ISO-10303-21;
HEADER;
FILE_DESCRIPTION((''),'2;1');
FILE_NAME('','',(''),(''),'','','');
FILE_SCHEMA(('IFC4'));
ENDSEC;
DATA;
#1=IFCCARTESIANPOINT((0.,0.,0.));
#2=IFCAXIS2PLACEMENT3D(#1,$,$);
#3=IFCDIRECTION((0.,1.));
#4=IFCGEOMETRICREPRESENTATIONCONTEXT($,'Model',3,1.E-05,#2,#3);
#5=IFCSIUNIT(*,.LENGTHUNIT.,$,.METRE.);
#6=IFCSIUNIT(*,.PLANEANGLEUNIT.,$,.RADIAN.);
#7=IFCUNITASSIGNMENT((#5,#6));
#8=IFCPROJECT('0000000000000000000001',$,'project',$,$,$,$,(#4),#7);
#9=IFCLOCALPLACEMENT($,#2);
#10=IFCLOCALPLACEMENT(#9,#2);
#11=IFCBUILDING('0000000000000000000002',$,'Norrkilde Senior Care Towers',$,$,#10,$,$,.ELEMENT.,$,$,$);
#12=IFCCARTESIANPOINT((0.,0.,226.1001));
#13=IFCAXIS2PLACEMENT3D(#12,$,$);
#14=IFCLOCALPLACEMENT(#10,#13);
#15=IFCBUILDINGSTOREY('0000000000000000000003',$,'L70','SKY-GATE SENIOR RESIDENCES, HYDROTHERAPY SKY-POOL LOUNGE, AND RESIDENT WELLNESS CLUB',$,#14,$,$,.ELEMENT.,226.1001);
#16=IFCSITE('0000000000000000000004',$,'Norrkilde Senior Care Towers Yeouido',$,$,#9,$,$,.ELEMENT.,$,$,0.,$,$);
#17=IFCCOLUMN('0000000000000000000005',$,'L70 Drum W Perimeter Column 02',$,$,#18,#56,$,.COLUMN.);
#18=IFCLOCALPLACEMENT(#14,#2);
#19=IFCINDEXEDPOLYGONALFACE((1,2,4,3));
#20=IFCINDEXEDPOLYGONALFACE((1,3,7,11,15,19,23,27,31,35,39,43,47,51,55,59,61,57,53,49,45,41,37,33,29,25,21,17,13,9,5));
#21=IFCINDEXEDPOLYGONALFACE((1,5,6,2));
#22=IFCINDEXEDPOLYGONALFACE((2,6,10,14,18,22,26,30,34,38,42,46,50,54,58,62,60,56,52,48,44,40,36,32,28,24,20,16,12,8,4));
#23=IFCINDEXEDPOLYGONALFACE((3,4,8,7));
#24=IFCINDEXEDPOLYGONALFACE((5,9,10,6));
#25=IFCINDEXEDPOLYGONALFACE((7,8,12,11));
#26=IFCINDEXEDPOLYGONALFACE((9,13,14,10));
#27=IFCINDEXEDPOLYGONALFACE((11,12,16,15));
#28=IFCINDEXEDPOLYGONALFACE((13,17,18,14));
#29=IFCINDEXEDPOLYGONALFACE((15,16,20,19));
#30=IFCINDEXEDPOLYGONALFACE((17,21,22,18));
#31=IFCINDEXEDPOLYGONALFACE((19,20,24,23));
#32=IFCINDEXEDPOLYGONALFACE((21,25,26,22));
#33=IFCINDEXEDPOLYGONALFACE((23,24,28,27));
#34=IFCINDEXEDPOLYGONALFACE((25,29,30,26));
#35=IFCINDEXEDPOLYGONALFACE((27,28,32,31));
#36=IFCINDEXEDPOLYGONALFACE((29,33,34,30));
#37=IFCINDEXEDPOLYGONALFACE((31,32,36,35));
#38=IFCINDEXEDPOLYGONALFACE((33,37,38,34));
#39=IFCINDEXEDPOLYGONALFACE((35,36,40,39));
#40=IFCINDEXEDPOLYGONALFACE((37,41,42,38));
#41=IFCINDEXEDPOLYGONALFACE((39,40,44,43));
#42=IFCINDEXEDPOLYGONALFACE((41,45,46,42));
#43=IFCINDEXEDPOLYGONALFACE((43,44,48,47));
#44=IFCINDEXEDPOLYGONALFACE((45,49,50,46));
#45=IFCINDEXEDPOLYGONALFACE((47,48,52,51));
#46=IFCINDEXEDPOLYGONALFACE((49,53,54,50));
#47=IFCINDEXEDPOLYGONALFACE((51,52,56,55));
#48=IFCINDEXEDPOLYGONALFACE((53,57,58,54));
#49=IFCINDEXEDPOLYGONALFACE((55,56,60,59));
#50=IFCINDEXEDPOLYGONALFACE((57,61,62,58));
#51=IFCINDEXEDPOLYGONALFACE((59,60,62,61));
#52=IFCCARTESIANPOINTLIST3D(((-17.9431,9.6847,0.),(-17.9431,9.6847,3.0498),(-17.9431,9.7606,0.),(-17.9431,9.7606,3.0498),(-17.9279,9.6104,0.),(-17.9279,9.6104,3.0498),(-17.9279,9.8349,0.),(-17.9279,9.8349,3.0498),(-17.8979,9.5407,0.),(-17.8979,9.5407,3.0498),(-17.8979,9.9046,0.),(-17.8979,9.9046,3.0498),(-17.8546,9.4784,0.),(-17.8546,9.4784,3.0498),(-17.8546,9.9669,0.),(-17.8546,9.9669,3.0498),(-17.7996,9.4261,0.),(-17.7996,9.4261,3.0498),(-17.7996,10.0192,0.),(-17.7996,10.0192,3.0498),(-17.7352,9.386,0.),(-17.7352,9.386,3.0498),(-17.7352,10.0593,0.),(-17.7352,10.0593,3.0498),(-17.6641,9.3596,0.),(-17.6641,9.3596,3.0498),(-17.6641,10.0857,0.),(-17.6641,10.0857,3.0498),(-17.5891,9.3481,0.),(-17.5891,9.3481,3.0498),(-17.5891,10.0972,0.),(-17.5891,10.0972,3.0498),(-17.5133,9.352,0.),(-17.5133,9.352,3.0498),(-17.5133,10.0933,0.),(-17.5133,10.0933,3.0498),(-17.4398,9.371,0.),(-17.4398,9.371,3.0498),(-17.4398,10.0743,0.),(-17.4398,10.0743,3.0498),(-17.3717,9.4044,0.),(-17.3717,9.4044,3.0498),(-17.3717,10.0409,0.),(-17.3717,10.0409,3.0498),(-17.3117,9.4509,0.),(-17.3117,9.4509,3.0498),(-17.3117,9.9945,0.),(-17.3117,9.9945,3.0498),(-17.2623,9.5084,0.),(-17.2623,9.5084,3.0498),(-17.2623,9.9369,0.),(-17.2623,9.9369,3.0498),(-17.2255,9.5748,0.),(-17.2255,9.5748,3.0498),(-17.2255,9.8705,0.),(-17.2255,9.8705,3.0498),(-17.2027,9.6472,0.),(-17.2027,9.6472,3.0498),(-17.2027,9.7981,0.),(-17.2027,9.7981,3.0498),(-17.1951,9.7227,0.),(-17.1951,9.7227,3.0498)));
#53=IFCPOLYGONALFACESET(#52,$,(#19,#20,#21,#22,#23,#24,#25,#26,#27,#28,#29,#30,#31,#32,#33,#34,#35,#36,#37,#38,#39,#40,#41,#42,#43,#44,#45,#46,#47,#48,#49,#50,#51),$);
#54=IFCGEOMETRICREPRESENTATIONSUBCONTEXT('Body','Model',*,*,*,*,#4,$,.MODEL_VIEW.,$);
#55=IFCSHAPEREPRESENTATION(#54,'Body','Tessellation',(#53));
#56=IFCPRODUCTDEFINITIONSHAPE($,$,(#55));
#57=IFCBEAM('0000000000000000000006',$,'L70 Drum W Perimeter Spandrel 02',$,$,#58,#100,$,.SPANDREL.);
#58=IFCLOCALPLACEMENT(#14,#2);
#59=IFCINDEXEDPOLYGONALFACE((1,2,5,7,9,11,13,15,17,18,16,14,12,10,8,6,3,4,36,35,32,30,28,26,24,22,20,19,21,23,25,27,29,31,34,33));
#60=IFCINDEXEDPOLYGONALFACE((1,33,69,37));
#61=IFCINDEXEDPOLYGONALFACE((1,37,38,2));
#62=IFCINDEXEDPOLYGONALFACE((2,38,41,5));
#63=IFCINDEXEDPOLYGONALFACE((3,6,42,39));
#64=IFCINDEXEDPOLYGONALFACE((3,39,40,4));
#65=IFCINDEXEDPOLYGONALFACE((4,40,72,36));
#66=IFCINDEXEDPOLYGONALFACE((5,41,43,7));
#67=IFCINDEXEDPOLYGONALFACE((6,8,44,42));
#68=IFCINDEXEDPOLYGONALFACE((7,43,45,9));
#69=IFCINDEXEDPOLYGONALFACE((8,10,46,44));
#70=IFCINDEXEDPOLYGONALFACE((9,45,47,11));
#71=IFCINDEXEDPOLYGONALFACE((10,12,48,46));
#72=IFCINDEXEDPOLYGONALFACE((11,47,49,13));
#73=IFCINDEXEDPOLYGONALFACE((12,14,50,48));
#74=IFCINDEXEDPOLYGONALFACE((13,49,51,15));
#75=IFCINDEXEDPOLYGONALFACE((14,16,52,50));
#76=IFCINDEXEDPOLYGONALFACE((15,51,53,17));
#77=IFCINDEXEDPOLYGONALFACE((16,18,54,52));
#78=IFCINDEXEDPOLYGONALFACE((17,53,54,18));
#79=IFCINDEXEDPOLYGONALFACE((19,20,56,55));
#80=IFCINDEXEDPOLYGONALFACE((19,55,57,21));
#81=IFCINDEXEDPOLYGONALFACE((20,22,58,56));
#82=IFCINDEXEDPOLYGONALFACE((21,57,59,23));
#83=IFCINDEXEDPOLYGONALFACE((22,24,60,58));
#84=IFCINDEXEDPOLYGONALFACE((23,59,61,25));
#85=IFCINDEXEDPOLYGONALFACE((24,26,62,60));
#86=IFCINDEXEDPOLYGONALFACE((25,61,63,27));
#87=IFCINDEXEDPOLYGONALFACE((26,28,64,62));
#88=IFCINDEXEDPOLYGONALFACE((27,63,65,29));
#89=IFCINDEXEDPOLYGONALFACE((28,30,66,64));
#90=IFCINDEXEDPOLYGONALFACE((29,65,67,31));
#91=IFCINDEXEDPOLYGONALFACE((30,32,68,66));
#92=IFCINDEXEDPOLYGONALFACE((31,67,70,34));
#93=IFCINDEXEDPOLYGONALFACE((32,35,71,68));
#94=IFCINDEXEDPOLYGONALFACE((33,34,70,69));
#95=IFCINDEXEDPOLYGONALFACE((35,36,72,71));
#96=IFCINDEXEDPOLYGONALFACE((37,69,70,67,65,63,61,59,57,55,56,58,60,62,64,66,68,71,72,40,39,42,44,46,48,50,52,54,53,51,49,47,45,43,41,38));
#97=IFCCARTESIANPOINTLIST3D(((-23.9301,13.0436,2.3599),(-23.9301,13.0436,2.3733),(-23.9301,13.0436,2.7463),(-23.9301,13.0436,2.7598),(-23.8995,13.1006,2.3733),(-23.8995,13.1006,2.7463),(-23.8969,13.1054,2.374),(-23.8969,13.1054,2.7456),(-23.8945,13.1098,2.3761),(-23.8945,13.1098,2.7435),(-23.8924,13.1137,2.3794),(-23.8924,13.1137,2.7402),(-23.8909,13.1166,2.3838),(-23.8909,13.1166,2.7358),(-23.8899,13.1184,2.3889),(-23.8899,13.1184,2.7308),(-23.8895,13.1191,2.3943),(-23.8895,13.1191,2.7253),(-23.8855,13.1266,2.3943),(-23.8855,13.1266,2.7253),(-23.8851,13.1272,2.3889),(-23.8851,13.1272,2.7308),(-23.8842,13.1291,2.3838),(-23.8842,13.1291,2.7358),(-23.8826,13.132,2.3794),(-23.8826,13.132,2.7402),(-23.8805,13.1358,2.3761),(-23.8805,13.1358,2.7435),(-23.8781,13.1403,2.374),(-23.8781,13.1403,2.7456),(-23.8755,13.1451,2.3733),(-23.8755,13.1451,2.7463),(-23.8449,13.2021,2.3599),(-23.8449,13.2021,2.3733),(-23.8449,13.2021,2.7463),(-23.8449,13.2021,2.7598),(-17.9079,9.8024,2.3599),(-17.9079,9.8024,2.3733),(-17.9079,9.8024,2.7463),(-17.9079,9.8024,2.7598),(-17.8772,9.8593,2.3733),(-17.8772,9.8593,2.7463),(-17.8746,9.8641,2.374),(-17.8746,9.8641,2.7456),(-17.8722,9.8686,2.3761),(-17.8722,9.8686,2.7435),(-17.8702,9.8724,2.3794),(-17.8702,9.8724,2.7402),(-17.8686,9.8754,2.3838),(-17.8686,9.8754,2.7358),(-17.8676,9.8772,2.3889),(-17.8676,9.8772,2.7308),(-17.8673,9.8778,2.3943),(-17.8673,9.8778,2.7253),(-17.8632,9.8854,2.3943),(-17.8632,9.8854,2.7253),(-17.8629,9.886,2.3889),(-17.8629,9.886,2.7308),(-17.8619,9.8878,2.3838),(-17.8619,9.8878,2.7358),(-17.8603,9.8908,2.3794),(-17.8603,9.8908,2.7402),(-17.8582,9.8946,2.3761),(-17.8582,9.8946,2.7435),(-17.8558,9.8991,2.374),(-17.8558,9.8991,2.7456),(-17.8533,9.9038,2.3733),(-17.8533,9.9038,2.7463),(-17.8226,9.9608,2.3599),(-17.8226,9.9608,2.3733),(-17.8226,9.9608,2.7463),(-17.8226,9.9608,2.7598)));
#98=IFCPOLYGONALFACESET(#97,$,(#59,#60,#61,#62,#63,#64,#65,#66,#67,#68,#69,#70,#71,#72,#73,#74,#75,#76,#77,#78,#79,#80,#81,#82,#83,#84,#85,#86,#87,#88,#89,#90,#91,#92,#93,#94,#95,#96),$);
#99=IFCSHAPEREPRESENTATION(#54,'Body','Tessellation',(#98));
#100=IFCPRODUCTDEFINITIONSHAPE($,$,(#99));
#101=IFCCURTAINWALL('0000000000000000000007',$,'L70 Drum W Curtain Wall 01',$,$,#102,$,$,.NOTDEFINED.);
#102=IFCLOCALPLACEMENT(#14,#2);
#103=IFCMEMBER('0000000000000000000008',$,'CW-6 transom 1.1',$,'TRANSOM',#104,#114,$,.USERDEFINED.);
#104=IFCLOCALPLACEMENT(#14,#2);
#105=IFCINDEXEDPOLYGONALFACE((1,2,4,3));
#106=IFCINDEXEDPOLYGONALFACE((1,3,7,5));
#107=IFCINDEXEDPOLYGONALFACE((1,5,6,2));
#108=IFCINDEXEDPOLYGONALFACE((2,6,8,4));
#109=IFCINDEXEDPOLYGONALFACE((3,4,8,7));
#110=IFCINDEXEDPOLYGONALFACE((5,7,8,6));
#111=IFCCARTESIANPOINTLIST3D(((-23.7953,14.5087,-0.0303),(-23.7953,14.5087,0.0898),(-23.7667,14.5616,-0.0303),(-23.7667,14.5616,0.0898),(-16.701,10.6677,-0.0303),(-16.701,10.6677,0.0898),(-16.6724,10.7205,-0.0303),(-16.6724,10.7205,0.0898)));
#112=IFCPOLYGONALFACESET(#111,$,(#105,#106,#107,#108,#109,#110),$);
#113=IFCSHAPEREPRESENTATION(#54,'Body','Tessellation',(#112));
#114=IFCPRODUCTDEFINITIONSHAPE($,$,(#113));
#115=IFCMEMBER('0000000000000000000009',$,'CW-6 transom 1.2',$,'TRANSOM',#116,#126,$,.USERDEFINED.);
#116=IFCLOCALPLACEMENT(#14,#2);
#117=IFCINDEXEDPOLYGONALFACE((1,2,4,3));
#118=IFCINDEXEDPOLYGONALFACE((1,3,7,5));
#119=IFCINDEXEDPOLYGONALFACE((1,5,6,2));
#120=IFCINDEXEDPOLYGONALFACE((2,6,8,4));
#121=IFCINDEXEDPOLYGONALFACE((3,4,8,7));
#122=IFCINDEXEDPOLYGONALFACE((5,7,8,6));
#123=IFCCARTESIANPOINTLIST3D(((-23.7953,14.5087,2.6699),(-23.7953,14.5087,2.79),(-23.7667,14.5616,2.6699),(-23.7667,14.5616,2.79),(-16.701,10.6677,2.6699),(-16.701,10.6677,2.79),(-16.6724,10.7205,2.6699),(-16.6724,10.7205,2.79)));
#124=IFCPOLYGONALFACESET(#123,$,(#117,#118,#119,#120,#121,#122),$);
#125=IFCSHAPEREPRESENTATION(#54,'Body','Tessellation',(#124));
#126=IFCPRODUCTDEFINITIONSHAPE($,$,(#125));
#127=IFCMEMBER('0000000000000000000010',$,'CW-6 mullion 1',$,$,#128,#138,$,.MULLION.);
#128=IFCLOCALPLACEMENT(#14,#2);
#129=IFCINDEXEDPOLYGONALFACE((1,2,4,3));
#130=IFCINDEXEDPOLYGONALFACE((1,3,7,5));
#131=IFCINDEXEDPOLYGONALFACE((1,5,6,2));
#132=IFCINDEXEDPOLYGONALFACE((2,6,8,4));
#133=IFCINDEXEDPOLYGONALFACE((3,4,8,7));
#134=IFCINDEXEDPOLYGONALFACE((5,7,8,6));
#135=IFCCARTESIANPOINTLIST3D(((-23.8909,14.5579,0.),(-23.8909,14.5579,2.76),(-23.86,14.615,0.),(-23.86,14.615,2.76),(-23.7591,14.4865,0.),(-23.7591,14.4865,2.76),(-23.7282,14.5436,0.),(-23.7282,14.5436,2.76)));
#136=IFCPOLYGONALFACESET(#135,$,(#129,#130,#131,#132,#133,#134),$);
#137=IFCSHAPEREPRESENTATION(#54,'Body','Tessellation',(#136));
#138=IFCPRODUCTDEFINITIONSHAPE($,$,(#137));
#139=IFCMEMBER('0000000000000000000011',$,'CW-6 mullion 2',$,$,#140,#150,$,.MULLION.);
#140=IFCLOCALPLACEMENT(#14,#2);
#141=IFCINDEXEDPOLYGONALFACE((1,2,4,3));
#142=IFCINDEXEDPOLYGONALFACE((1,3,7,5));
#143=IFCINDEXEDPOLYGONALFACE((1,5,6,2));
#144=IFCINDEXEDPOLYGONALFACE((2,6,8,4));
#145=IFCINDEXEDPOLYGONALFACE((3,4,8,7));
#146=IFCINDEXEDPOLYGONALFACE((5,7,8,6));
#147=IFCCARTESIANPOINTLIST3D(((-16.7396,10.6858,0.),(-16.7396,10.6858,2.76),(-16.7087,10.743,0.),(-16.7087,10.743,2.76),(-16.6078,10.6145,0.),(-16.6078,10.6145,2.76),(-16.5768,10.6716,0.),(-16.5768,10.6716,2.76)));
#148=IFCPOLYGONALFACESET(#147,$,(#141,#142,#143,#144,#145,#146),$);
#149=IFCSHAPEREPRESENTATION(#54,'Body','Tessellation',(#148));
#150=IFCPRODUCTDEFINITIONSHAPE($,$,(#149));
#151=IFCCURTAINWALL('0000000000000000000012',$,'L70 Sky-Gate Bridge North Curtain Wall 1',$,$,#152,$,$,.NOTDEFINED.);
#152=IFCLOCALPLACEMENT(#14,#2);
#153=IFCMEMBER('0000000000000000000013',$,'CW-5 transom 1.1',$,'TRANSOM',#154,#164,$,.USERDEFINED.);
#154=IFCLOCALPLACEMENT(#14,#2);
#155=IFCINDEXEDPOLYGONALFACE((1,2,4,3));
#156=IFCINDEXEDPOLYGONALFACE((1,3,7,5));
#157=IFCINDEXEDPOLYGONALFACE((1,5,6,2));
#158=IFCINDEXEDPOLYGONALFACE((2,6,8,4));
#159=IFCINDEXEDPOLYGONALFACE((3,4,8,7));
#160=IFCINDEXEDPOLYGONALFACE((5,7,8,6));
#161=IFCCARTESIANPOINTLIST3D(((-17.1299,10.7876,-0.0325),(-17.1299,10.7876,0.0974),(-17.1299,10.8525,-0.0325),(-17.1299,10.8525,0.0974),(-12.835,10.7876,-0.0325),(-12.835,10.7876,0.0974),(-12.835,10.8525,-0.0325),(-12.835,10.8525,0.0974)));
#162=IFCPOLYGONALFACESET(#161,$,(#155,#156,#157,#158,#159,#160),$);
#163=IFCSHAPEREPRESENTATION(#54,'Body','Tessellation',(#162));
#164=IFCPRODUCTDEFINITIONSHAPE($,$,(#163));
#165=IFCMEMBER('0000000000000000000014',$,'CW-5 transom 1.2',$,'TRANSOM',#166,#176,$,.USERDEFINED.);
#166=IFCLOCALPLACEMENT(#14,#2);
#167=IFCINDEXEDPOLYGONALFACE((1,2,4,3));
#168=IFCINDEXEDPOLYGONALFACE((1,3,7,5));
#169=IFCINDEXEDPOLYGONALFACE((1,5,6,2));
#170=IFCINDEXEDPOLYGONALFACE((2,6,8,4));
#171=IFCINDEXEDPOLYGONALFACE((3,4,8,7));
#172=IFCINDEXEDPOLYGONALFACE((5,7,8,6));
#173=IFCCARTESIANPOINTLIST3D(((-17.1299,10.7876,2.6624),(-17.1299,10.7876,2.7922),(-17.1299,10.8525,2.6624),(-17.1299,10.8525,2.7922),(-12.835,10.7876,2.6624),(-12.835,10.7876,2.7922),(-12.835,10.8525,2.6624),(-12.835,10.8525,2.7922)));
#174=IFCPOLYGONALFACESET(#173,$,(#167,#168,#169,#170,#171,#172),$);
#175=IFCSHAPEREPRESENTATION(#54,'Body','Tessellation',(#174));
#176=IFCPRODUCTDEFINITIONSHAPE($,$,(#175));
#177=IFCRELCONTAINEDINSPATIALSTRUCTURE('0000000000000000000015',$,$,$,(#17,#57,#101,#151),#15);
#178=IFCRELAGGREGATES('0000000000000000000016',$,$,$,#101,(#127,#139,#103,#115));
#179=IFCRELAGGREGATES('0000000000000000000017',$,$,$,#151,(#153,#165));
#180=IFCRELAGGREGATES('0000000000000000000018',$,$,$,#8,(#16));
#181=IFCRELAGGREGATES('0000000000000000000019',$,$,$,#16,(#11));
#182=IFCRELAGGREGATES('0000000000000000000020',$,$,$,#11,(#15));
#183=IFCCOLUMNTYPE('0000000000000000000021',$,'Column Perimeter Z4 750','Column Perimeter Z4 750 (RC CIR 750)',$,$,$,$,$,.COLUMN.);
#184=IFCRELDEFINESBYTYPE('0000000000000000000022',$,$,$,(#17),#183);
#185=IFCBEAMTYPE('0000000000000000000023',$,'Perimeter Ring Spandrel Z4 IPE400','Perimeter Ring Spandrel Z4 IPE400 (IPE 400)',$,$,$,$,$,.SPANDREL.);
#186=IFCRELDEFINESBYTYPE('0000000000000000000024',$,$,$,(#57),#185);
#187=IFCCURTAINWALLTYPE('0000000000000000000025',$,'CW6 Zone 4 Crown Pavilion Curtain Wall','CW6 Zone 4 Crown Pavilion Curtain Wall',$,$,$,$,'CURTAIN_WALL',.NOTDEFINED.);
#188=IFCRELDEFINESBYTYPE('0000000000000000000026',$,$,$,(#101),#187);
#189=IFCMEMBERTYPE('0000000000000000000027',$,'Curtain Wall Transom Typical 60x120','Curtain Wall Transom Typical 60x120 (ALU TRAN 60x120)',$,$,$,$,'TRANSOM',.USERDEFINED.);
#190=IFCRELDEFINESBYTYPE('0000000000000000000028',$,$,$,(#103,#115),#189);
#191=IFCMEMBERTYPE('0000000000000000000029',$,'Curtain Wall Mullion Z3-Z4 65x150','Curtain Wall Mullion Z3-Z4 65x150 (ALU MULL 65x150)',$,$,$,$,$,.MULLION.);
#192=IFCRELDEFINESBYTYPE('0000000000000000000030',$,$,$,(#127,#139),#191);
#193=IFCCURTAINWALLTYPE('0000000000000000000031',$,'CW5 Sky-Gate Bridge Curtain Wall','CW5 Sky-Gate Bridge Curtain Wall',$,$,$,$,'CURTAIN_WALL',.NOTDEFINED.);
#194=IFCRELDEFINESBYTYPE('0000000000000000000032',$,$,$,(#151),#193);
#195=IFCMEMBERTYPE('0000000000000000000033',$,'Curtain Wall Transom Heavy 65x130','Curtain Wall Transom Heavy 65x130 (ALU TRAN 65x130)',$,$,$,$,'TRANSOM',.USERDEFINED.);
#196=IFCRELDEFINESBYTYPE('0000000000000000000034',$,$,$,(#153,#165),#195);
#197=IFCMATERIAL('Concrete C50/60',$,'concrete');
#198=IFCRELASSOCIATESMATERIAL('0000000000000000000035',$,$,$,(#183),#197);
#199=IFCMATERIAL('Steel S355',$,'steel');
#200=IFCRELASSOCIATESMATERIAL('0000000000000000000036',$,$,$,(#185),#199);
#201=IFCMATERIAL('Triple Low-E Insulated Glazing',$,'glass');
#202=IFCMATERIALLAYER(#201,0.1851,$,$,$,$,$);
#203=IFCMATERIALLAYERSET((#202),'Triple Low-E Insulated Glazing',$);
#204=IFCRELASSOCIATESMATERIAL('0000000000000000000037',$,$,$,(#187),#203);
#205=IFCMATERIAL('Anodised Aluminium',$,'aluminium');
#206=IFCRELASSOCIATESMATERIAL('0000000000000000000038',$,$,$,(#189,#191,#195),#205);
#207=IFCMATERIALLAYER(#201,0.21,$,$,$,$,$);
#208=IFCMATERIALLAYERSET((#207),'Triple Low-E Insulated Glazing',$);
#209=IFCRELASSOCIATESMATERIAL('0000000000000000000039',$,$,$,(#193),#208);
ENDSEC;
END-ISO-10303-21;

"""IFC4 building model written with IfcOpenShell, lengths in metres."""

from ifc_helpers import new_model, si_unit, direction, frame, origin, origin_2d, place, context, subcontext, project, spatial, rectangle, circle, i_section, extrude, source, transform, mapped, material, layer, layer_set, material_profile, profile_set, type_object, type_shapes, element, aggregate, save


model = new_model("IFC4")

# Units and contexts
model_context = context("Model", 3, precision=1e-05, world=origin(), true_north=direction((0.0, 1.0)))
body_context = subcontext(model_context, "Body", "Model", "MODEL_VIEW")
ifc_project = project(units=[si_unit("LENGTHUNIT", "METRE"), si_unit("PLANEANGLEUNIT", "RADIAN")], contexts=[model_context])

# Site, building, storey
site_placement = place(None, origin())
site = spatial("IfcSite", under=ifc_project, at=site_placement, Name="Norrkilde Senior Care Towers Yeouido", CompositionType="ELEMENT", RefElevation=0.0)
building_placement = place(site_placement, origin())
building = spatial("IfcBuilding", under=site, at=building_placement, Name="Norrkilde Senior Care Towers", CompositionType="ELEMENT")
storey_placement = place(building_placement, frame((0.0, 0.0, 226.1001)))
storey = spatial("IfcBuildingStorey", under=building, at=storey_placement, Name="L70", Description="SKY-GATE SENIOR RESIDENCES, HYDROTHERAPY SKY-POOL LOUNGE, AND RESIDENT WELLNESS CLUB", CompositionType="ELEMENT", Elevation=226.1001)

# Column
ifc_material_1 = material(Name="Concrete C50/60", Category="concrete")
ifc_material_profile_1 = material_profile(ifc_material_1, circle(Radius=0.375, at=origin_2d()), Name="RC CIR 750")
ifc_profile_set_1 = profile_set([ifc_material_profile_1], Name="Concrete C50/60")
column_type = type_object("IfcColumnType", Name="Column Perimeter Z4 750", Description="Column Perimeter Z4 750 (RC CIR 750)", PredefinedType="COLUMN", material=ifc_profile_set_1)
shared_shape_1 = source(origin(), body_context, "Body", "SweptSolid", [
    extrude(circle(Radius=0.375, at=origin_2d()), origin(), (0.0, 0.0, 1.0), 3.0498),
])
type_shapes(column_type, [shared_shape_1])
column_placement = place(storey_placement, frame((-17.5701, 9.7227, 0.0), z_axis=(0.0, 0.0, 1.0), x_axis=(1.0, 0.0, 0.0)))
element("IfcColumn", 1, at=column_placement, inside=storey, type_object=column_type, Name="L70 Drum W Perimeter Column 02", PredefinedType="COLUMN", context=body_context, shape_type="MappedRepresentation", body=[
    mapped(shared_shape_1, transform((0.0, 0.0, 0.0), x_axis=(1.0, 0.0, 0.0), y_axis=(0.0, 1.0, 0.0), z_axis=(0.0, 0.0, 1.0), scale=1.0)),
])

# Beam
ifc_material_2 = material(Name="Steel S355", Category="steel")
ifc_material_profile_2 = material_profile(ifc_material_2, i_section(OverallWidth=0.1799, OverallDepth=0.3999, WebThickness=0.0085, FlangeThickness=0.0134, FilletRadius=0.021, at=origin_2d()), Name="IPE 400")
ifc_profile_set_2 = profile_set([ifc_material_profile_2], Name="Steel S355")
beam_type = type_object("IfcBeamType", Name="Perimeter Ring Spandrel Z4 IPE400", Description="Perimeter Ring Spandrel Z4 IPE400 (IPE 400)", PredefinedType="SPANDREL", material=ifc_profile_set_2)
shared_shape_2 = source(origin(), body_context, "Body", "SweptSolid", [
    extrude(i_section(OverallWidth=0.1799, OverallDepth=0.3999, WebThickness=0.0085, FlangeThickness=0.0134, FilletRadius=0.021, at=origin_2d()), origin(), (0.0, 0.0, 1.0), 6.8391),
])
type_shapes(beam_type, [shared_shape_2])
beam_placement = place(storey_placement, frame((-17.8652, 9.8816, 2.5598), z_axis=(-0.880564, 0.473927, 0.0), x_axis=(-0.473927, -0.880564, 0.0)))
element("IfcBeam", 2, at=beam_placement, inside=storey, type_object=beam_type, Name="L70 Drum W Perimeter Spandrel 02", PredefinedType="SPANDREL", context=body_context, shape_type="MappedRepresentation", body=[
    mapped(shared_shape_2, transform((0.0, 0.0, 0.0), x_axis=(1.0, 0.0, 0.0), y_axis=(0.0, 1.0, 0.0), z_axis=(0.0, 0.0, 1.0), scale=1.0)),
])

# Curtain walls, members
ifc_material_3 = material(Name="Triple Low-E Insulated Glazing", Category="glass")
ifc_layer_1 = layer(ifc_material_3, 0.1851)
ifc_layer_set_1 = layer_set([ifc_layer_1], Name="Triple Low-E Insulated Glazing")
curtain_wall_type_1 = type_object("IfcCurtainWallType", Name="CW6 Zone 4 Crown Pavilion Curtain Wall", Description="CW6 Zone 4 Crown Pavilion Curtain Wall", ElementType="CURTAIN_WALL", PredefinedType="NOTDEFINED", material=ifc_layer_set_1)
curtain_wall_1_placement = place(storey_placement, origin())
curtain_wall_1 = element("IfcCurtainWall", 3, at=curtain_wall_1_placement, inside=storey, type_object=curtain_wall_type_1, Name="L70 Drum W Curtain Wall 01", PredefinedType="NOTDEFINED")
ifc_material_4 = material(Name="Anodised Aluminium", Category="aluminium")
ifc_material_profile_3 = material_profile(ifc_material_4, rectangle(XDim=0.0601, YDim=0.1201, at=origin_2d()), Name="ALU TRAN 60x120")
ifc_profile_set_3 = profile_set([ifc_material_profile_3], Name="Anodised Aluminium")
member_type_1 = type_object("IfcMemberType", Name="Curtain Wall Transom Typical 60x120", Description="Curtain Wall Transom Typical 60x120 (ALU TRAN 60x120)", ElementType="TRANSOM", PredefinedType="USERDEFINED", material=ifc_profile_set_3)
shared_shape_3 = source(origin(), body_context, "Body", "SweptSolid", [
    extrude(rectangle(XDim=0.0601, YDim=0.1201, at=origin_2d()), origin(), (0.0, 0.0, 1.0), 8.0674),
])
type_shapes(member_type_1, [shared_shape_3])
member_1_placement = place(storey_placement, frame((-23.781, 14.5352, 0.0298), z_axis=(0.879378, -0.476125, 0.0), x_axis=(0.476125, 0.879378, 0.0)))
member_1 = element("IfcMember", 4, at=member_1_placement, type_object=member_type_1, Name="CW-6 transom 1.1", ObjectType="TRANSOM", PredefinedType="USERDEFINED", context=body_context, shape_type="MappedRepresentation", body=[
    mapped(shared_shape_3, transform((0.0, 0.0, 0.0), x_axis=(1.0, 0.0, 0.0), y_axis=(0.0, 1.0, 0.0), z_axis=(0.0, 0.0, 1.0), scale=1.0)),
])
member_2_placement = place(storey_placement, frame((-23.781, 14.5352, 2.73), z_axis=(0.879378, -0.476125, 0.0), x_axis=(0.476125, 0.879378, 0.0)))
member_2 = element("IfcMember", 5, at=member_2_placement, type_object=member_type_1, Name="CW-6 transom 1.2", ObjectType="TRANSOM", PredefinedType="USERDEFINED", context=body_context, shape_type="MappedRepresentation", body=[
    mapped(shared_shape_3, transform((0.0, 0.0, 0.0), x_axis=(1.0, 0.0, 0.0), y_axis=(0.0, 1.0, 0.0), z_axis=(0.0, 0.0, 1.0), scale=1.0)),
])
ifc_material_profile_4 = material_profile(ifc_material_4, rectangle(XDim=0.0649, YDim=0.1499, at=origin_2d()), Name="ALU MULL 65x150")
ifc_profile_set_4 = profile_set([ifc_material_profile_4], Name="Anodised Aluminium")
member_type_2 = type_object("IfcMemberType", Name="Curtain Wall Mullion Z3-Z4 65x150", Description="Curtain Wall Mullion Z3-Z4 65x150 (ALU MULL 65x150)", PredefinedType="MULLION", material=ifc_profile_set_4)
shared_shape_4 = source(origin(), body_context, "Body", "SweptSolid", [
    extrude(rectangle(XDim=0.0649, YDim=0.1499, at=origin_2d()), origin(), (0.0, 0.0, 1.0), 2.76),
])
type_shapes(member_type_2, [shared_shape_4])
member_3_placement = place(storey_placement, frame((-23.8096, 14.5508, 0.0), z_axis=(0.0, 0.0, 1.0), x_axis=(0.476133, 0.879373, 0.0)))
member_3 = element("IfcMember", 6, at=member_3_placement, type_object=member_type_2, Name="CW-6 mullion 1", PredefinedType="MULLION", context=body_context, shape_type="MappedRepresentation", body=[
    mapped(shared_shape_4, transform((0.0, 0.0, 0.0), x_axis=(1.0, 0.0, 0.0), y_axis=(0.0, 1.0, 0.0), z_axis=(0.0, 0.0, 1.0), scale=1.0)),
])
member_4_placement = place(storey_placement, frame((-16.6582, 10.6787, 0.0), z_axis=(0.0, 0.0, 1.0), x_axis=(0.476133, 0.879373, 0.0)))
member_4 = element("IfcMember", 7, at=member_4_placement, type_object=member_type_2, Name="CW-6 mullion 2", PredefinedType="MULLION", context=body_context, shape_type="MappedRepresentation", body=[
    mapped(shared_shape_4, transform((0.0, 0.0, 0.0), x_axis=(1.0, 0.0, 0.0), y_axis=(0.0, 1.0, 0.0), z_axis=(0.0, 0.0, 1.0), scale=1.0)),
])
ifc_layer_2 = layer(ifc_material_3, 0.21)
ifc_layer_set_2 = layer_set([ifc_layer_2], Name="Triple Low-E Insulated Glazing")
curtain_wall_type_2 = type_object("IfcCurtainWallType", Name="CW5 Sky-Gate Bridge Curtain Wall", Description="CW5 Sky-Gate Bridge Curtain Wall", ElementType="CURTAIN_WALL", PredefinedType="NOTDEFINED", material=ifc_layer_set_2)
curtain_wall_2_placement = place(storey_placement, origin())
curtain_wall_2 = element("IfcCurtainWall", 8, at=curtain_wall_2_placement, inside=storey, type_object=curtain_wall_type_2, Name="L70 Sky-Gate Bridge North Curtain Wall 1", PredefinedType="NOTDEFINED")
ifc_material_profile_5 = material_profile(ifc_material_4, rectangle(XDim=0.0649, YDim=0.1299, at=origin_2d()), Name="ALU TRAN 65x130")
ifc_profile_set_5 = profile_set([ifc_material_profile_5], Name="Anodised Aluminium")
member_type_3 = type_object("IfcMemberType", Name="Curtain Wall Transom Heavy 65x130", Description="Curtain Wall Transom Heavy 65x130 (ALU TRAN 65x130)", ElementType="TRANSOM", PredefinedType="USERDEFINED", material=ifc_profile_set_5)
shared_shape_5 = source(origin(), body_context, "Body", "SweptSolid", [
    extrude(rectangle(XDim=0.0649, YDim=0.1299, at=origin_2d()), origin(), (0.0, 0.0, 1.0), 4.2949),
])
member_5_placement = place(storey_placement, frame((-17.1299, 10.8201, 0.0325), z_axis=(1.0, 0.0, 0.0), x_axis=(0.0, 1.0, 0.0)))
member_5 = element("IfcMember", 9, at=member_5_placement, type_object=member_type_3, Name="CW-5 transom 1.1", ObjectType="TRANSOM", PredefinedType="USERDEFINED", context=body_context, shape_type="MappedRepresentation", body=[
    mapped(shared_shape_5, transform((0.0, 0.0, 0.0), x_axis=(1.0, 0.0, 0.0), y_axis=(0.0, 1.0, 0.0), z_axis=(0.0, 0.0, 1.0), scale=1.0)),
])
member_6_placement = place(storey_placement, frame((-17.1299, 10.8201, 2.7273), z_axis=(1.0, 0.0, 0.0), x_axis=(0.0, 1.0, 0.0)))
member_6 = element("IfcMember", 10, at=member_6_placement, type_object=member_type_3, Name="CW-5 transom 1.2", ObjectType="TRANSOM", PredefinedType="USERDEFINED", context=body_context, shape_type="MappedRepresentation", body=[
    mapped(shared_shape_5, transform((0.0, 0.0, 0.0), x_axis=(1.0, 0.0, 0.0), y_axis=(0.0, 1.0, 0.0), z_axis=(0.0, 0.0, 1.0), scale=1.0)),
])

aggregate(curtain_wall_1, [member_3, member_4, member_1, member_2])
aggregate(curtain_wall_2, [member_5, member_6])

save(model, "model.ifc")
